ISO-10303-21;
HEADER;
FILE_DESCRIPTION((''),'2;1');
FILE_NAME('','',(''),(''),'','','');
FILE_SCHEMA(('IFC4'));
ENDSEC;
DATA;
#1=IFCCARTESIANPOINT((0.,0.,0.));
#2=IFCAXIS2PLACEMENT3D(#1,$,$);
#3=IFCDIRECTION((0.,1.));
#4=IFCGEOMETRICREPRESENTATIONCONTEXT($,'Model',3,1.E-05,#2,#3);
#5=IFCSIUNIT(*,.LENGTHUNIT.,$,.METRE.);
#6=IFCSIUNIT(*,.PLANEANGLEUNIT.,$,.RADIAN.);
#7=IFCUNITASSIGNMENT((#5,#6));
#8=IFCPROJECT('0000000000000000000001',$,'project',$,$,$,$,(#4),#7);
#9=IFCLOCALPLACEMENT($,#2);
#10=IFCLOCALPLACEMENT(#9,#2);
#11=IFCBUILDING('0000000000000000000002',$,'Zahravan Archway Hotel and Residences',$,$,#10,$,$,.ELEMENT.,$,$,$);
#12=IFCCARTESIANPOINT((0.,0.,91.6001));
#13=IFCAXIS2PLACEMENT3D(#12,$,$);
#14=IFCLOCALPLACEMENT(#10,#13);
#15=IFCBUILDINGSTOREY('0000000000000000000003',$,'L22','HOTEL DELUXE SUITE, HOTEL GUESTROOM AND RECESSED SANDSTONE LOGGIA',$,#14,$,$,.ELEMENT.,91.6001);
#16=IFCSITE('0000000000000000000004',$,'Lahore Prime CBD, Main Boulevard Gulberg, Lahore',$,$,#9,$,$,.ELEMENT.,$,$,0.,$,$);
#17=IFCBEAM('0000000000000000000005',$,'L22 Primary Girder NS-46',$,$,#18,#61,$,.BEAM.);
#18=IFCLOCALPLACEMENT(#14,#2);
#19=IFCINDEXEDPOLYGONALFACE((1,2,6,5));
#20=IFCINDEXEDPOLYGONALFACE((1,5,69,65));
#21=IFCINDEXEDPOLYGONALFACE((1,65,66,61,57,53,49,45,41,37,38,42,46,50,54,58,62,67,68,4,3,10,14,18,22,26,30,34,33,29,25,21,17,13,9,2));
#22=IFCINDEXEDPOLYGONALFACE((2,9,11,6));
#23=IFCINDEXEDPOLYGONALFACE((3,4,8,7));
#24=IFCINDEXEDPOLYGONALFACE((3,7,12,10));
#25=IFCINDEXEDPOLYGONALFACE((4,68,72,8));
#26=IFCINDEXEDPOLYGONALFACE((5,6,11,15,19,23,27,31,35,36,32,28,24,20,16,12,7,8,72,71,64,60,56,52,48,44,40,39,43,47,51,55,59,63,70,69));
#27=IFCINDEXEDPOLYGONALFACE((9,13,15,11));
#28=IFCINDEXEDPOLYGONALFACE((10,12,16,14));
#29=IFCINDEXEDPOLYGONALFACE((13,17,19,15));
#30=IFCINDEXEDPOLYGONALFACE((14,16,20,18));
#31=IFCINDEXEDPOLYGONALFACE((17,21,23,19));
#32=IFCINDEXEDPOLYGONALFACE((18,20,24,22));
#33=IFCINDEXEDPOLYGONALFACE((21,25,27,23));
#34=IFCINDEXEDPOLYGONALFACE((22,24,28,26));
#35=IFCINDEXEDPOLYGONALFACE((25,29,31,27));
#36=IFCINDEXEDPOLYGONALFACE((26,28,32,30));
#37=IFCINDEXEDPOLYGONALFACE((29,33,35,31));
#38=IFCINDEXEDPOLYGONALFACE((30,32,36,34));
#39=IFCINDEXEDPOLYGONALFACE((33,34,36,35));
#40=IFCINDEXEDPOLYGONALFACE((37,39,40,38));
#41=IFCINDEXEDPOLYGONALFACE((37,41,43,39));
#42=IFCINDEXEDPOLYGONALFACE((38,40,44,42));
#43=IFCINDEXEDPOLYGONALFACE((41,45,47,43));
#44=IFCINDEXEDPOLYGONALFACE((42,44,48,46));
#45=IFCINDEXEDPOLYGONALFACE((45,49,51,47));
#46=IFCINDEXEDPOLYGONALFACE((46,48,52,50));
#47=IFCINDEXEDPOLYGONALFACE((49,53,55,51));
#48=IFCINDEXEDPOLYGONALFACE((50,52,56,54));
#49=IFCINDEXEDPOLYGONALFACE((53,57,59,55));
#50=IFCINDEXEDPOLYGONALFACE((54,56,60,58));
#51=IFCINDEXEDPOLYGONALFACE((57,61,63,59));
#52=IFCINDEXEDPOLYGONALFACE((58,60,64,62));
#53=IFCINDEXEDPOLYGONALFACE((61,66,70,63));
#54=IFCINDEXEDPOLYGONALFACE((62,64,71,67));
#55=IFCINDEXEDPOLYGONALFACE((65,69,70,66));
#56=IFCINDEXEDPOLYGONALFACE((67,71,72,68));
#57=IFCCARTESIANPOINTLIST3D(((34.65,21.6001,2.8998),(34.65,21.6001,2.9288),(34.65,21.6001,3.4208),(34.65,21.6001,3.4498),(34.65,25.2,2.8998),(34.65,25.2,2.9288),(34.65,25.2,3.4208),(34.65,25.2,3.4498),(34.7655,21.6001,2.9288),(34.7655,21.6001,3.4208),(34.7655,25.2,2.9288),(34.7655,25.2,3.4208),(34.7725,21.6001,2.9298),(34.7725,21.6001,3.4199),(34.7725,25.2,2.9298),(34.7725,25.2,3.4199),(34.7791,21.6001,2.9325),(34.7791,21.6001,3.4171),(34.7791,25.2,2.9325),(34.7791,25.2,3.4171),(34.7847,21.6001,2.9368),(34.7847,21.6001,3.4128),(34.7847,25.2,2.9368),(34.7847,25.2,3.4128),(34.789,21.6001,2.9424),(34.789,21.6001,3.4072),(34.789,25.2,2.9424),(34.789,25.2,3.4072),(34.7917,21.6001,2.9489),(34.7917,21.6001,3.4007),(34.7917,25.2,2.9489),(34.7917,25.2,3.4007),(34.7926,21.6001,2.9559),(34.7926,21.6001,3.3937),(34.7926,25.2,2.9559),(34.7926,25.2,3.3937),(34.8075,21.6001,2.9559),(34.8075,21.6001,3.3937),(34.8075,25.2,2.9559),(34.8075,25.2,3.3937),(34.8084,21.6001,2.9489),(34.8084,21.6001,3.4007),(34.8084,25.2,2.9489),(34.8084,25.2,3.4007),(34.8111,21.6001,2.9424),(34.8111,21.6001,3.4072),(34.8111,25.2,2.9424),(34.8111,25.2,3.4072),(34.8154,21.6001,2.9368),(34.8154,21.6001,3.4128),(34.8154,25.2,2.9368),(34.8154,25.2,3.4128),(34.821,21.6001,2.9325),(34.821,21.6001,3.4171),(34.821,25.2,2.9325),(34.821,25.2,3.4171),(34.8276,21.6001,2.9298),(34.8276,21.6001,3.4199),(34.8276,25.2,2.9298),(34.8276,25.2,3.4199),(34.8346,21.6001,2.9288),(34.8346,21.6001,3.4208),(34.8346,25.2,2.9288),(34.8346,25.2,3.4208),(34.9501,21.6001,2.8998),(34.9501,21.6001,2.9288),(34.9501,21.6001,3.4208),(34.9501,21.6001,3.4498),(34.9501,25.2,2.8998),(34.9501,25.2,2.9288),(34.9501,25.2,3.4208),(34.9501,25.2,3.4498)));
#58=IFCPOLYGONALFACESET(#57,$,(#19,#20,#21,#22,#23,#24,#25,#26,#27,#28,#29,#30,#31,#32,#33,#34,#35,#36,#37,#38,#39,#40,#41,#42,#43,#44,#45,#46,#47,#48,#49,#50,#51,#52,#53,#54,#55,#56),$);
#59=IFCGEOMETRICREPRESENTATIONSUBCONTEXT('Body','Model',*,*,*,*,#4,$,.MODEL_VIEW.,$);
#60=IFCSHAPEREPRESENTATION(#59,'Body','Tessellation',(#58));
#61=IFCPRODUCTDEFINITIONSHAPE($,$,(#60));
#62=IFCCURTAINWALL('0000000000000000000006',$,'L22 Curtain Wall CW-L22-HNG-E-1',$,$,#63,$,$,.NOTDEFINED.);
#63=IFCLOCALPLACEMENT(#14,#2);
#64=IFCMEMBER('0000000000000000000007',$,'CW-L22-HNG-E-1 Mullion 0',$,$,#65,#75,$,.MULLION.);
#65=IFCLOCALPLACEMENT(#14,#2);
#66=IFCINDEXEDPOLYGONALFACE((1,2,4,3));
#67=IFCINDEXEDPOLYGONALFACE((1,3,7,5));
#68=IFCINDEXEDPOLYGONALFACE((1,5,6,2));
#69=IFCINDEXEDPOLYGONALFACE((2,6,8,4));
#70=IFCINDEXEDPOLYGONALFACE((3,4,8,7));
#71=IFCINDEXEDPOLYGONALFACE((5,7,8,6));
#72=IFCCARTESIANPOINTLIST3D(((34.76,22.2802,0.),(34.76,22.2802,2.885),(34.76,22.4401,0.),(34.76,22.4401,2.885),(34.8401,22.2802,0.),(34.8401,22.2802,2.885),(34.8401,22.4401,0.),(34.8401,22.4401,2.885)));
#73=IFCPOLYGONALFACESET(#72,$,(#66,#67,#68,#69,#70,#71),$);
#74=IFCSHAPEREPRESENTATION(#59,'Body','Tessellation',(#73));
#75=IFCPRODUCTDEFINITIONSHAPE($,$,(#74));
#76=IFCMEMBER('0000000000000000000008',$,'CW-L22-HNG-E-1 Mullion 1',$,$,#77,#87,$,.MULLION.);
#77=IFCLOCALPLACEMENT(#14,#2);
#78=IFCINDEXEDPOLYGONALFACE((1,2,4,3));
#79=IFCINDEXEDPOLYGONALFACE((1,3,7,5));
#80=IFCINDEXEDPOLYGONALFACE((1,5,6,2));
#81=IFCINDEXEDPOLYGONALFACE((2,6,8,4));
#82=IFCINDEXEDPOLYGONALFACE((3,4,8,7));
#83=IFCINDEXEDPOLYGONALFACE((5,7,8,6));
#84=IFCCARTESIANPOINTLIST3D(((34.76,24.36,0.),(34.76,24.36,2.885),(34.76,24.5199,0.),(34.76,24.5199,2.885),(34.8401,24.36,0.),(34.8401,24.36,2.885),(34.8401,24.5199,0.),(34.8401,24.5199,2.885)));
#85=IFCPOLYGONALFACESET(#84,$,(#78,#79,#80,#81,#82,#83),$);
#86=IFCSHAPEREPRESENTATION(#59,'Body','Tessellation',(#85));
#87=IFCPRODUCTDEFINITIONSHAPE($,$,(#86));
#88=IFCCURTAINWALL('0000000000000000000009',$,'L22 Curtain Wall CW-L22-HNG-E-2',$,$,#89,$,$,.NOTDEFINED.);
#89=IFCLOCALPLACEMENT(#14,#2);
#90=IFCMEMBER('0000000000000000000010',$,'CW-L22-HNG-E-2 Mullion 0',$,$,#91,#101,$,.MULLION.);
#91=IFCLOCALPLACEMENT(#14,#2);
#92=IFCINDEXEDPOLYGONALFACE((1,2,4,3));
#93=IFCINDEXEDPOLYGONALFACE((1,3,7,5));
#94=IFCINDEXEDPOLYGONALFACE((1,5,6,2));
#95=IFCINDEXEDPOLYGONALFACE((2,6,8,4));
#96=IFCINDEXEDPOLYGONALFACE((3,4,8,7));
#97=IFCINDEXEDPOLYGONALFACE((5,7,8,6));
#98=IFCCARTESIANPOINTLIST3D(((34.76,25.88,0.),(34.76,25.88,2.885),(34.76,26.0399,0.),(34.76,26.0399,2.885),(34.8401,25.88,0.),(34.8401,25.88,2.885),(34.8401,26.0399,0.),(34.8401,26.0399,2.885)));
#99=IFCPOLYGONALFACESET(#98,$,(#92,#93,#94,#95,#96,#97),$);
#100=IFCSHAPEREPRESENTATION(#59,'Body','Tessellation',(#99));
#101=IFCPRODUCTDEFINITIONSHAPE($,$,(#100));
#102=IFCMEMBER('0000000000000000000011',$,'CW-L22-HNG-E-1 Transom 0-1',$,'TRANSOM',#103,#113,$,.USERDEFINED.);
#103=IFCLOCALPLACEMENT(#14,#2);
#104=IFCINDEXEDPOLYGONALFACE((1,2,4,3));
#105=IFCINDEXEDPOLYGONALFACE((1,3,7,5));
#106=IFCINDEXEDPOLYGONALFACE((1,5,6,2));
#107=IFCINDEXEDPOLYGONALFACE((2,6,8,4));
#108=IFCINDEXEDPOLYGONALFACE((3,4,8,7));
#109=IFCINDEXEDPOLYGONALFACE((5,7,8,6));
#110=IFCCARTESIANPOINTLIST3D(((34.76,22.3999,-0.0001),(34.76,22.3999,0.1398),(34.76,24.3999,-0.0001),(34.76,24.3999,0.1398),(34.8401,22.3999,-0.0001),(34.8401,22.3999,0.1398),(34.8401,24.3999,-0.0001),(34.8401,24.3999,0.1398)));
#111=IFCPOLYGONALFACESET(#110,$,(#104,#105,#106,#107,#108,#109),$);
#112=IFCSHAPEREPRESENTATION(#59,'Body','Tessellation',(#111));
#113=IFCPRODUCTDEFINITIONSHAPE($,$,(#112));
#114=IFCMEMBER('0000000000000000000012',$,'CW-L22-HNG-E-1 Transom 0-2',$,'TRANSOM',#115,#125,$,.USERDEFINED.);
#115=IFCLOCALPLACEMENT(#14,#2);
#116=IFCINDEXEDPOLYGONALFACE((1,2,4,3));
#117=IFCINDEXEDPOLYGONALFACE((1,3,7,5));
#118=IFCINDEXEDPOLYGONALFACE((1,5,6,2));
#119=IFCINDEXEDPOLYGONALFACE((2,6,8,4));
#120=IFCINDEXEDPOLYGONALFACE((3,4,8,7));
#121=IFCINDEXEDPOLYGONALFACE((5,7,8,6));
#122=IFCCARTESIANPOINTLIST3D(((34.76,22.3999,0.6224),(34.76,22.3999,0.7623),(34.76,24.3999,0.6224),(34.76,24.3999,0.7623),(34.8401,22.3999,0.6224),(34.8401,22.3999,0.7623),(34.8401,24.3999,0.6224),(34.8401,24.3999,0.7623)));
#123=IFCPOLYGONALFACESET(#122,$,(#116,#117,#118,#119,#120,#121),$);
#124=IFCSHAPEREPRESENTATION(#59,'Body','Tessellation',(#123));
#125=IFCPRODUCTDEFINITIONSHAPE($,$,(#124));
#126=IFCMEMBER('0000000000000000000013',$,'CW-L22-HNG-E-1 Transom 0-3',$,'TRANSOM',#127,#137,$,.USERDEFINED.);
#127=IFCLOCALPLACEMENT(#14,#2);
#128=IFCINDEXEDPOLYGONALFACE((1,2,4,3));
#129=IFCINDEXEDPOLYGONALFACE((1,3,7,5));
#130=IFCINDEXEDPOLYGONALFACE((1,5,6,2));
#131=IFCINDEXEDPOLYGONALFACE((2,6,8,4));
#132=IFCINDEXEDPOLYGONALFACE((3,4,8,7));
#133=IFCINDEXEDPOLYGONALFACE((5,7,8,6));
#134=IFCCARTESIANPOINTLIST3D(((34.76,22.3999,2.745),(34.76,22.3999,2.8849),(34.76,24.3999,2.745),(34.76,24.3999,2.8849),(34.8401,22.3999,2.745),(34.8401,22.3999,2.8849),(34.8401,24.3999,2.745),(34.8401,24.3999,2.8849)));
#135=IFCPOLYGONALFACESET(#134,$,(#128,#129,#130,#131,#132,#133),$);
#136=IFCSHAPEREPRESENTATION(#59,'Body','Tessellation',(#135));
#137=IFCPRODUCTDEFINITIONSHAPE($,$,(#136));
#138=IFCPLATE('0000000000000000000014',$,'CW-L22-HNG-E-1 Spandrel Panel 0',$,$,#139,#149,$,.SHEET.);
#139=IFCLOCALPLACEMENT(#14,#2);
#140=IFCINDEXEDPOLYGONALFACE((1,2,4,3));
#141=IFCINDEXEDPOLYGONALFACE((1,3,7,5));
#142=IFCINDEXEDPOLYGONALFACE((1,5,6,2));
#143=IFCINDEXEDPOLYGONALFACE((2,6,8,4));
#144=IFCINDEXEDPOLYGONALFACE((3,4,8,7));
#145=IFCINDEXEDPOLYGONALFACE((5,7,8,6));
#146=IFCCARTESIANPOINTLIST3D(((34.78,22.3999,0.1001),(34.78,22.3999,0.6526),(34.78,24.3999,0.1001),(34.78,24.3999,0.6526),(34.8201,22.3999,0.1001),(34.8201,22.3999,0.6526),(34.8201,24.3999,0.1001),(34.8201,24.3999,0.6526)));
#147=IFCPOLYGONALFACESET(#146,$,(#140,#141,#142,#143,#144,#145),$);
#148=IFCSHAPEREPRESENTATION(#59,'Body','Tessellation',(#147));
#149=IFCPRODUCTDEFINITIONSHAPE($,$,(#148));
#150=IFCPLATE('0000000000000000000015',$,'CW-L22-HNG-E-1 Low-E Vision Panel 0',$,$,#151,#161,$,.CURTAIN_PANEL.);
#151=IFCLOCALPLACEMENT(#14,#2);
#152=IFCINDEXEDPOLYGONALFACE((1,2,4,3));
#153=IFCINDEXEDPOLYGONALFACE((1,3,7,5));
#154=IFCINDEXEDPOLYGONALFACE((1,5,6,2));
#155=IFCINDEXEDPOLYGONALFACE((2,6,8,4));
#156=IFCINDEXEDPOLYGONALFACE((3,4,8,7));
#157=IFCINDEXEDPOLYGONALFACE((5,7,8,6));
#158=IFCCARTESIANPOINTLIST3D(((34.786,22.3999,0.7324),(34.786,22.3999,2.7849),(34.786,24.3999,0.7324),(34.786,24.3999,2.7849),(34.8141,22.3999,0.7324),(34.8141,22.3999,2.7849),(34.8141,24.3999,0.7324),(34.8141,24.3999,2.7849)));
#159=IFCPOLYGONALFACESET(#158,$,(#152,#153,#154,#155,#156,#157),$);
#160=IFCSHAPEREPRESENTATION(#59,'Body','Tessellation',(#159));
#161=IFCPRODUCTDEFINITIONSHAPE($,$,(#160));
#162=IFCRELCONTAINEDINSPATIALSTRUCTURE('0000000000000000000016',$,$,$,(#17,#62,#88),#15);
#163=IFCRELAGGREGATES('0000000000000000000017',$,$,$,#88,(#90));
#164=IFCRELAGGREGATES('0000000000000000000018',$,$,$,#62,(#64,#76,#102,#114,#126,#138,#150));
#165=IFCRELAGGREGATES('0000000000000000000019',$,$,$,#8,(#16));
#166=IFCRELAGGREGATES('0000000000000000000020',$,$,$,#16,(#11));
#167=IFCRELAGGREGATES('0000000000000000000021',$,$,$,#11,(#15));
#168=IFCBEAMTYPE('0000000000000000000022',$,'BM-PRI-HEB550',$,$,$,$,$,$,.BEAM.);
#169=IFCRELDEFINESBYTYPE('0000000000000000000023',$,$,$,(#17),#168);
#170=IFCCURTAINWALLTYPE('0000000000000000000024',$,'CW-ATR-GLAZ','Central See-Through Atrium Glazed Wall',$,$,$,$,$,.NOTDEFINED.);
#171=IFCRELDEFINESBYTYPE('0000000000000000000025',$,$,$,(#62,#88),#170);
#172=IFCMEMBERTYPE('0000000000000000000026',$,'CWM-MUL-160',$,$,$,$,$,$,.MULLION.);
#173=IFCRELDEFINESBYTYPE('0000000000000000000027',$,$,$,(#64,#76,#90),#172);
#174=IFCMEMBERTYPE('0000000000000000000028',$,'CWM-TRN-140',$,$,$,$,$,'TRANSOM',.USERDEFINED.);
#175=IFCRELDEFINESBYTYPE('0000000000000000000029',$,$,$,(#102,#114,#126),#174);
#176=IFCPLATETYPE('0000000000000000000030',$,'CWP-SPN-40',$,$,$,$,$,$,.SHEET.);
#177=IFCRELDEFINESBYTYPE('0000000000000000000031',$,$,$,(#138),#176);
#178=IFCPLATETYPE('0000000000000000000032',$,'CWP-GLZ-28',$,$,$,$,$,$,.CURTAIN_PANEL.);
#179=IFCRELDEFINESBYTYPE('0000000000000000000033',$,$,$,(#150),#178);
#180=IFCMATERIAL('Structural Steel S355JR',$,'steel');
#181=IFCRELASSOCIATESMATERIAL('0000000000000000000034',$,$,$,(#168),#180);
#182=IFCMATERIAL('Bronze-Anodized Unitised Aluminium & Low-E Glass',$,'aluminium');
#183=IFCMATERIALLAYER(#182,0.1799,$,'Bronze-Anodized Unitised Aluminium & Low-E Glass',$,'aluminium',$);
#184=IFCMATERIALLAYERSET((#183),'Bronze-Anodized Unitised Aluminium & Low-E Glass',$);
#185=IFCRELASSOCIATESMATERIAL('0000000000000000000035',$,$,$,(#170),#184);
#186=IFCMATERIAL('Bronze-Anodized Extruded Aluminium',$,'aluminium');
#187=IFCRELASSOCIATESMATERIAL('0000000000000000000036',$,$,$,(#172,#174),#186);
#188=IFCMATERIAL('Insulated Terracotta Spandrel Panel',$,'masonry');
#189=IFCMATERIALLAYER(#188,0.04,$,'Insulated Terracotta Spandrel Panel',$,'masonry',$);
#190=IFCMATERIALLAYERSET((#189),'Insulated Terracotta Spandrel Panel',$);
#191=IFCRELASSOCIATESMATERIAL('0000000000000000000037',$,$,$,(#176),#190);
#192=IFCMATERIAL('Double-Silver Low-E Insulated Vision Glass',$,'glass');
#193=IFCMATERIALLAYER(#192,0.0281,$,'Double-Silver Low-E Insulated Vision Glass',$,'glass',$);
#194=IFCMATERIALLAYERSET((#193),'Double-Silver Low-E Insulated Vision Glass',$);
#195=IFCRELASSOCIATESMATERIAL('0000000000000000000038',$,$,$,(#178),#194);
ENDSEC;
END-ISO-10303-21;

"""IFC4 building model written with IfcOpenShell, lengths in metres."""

from ifc_helpers import new_model, si_unit, direction, frame, origin, origin_2d, place, context, subcontext, project, spatial, rectangle, i_section, extrude, source, transform, mapped, material, layer, layer_set, material_profile, profile_set, type_object, element, aggregate, save


model = new_model("IFC4")

# Units and contexts
model_context = context("Model", 3, precision=1e-05, world=origin(), true_north=direction((0.0, 1.0)))
body_context = subcontext(model_context, "Body", "Model", "MODEL_VIEW")
ifc_project = project(units=[si_unit("LENGTHUNIT", "METRE"), si_unit("PLANEANGLEUNIT", "RADIAN")], contexts=[model_context])

# Site, building, storey
site_placement = place(None, origin())
site = spatial("IfcSite", under=ifc_project, at=site_placement, Name="Lahore Prime CBD, Main Boulevard Gulberg, Lahore", CompositionType="ELEMENT", RefElevation=0.0)
building_placement = place(site_placement, origin())
building = spatial("IfcBuilding", under=site, at=building_placement, Name="Zahravan Archway Hotel and Residences", CompositionType="ELEMENT")
storey_placement = place(building_placement, frame((0.0, 0.0, 91.6001)))
storey = spatial("IfcBuildingStorey", under=building, at=storey_placement, Name="L22", Description="HOTEL DELUXE SUITE, HOTEL GUESTROOM AND RECESSED SANDSTONE LOGGIA", CompositionType="ELEMENT", Elevation=91.6001)

# Beam
ifc_material_1 = material(Name="Structural Steel S355JR", Category="steel")
ifc_material_profile_1 = material_profile(ifc_material_1, i_section(OverallWidth=0.3, OverallDepth=0.55, WebThickness=0.0149, FlangeThickness=0.0291, FilletRadius=0.0271, at=origin_2d()), Name="HEB 550", Category="steel")
ifc_profile_set_1 = profile_set([ifc_material_profile_1], Name="Structural Steel S355JR")
beam_type = type_object("IfcBeamType", Name="BM-PRI-HEB550", PredefinedType="BEAM", material=ifc_profile_set_1)
shared_shape_1 = source(origin(), body_context, "Body", "SweptSolid", [
    extrude(i_section(OverallWidth=0.3, OverallDepth=0.55, WebThickness=0.0149, FlangeThickness=0.0291, FilletRadius=0.0271, at=origin_2d()), origin(), (0.0, 0.0, 1.0), 3.5999),
])
beam_1_placement = place(storey_placement, frame((34.8, 21.6001, 3.1748), z_axis=(0.0, 1.0, 0.0), x_axis=(-1.0, 0.0, 0.0)))
element("IfcBeam", 1, at=beam_1_placement, inside=storey, type_object=beam_type, Name="L22 Primary Girder NS-46", PredefinedType="BEAM", context=body_context, shape_type="MappedRepresentation", body=[
    mapped(shared_shape_1, transform((0.0, 0.0, 0.0), scale=1.0)),
])

# Curtain wall, members
ifc_material_2 = material(Name="Bronze-Anodized Unitised Aluminium & Low-E Glass", Category="aluminium")
ifc_layer_1 = layer(ifc_material_2, 0.1799, Name="Bronze-Anodized Unitised Aluminium & Low-E Glass", Category="aluminium")
ifc_layer_set_1 = layer_set([ifc_layer_1], Name="Bronze-Anodized Unitised Aluminium & Low-E Glass")
curtain_wall_type = type_object("IfcCurtainWallType", Name="CW-ATR-GLAZ", Description="Central See-Through Atrium Glazed Wall", PredefinedType="NOTDEFINED", material=ifc_layer_set_1)
curtain_wall_1_placement = place(storey_placement, origin())
curtain_wall_1 = element("IfcCurtainWall", 2, at=curtain_wall_1_placement, inside=storey, type_object=curtain_wall_type, Name="L22 Curtain Wall CW-L22-HNG-E-1", PredefinedType="NOTDEFINED")
ifc_material_3 = material(Name="Bronze-Anodized Extruded Aluminium", Category="aluminium")
ifc_material_profile_2 = material_profile(ifc_material_3, rectangle(XDim=0.0801, YDim=0.1599, at=origin_2d()), Name="MUL 80x160", Category="aluminium")
ifc_profile_set_2 = profile_set([ifc_material_profile_2], Name="Bronze-Anodized Extruded Aluminium")
member_type_1 = type_object("IfcMemberType", Name="CWM-MUL-160", PredefinedType="MULLION", material=ifc_profile_set_2)
shared_shape_2 = source(origin(), body_context, "Body", "SweptSolid", [
    extrude(rectangle(XDim=0.0801, YDim=0.1599, at=origin_2d()), origin(), (0.0, 0.0, 1.0), 2.885),
])
member_1_placement = place(storey_placement, frame((34.8, 22.3601, 0.0), z_axis=(0.0, 0.0, 1.0), x_axis=(1.0, 0.0, 0.0)))
member_1 = element("IfcMember", 3, at=member_1_placement, type_object=member_type_1, Name="CW-L22-HNG-E-1 Mullion 0", PredefinedType="MULLION", context=body_context, shape_type="MappedRepresentation", body=[
    mapped(shared_shape_2, transform((0.0, 0.0, 0.0), scale=1.0)),
])
member_2_placement = place(storey_placement, frame((34.8, 24.4399, 0.0), z_axis=(0.0, 0.0, 1.0), x_axis=(1.0, 0.0, 0.0)))
member_2 = element("IfcMember", 4, at=member_2_placement, type_object=member_type_1, Name="CW-L22-HNG-E-1 Mullion 1", PredefinedType="MULLION", context=body_context, shape_type="MappedRepresentation", body=[
    mapped(shared_shape_2, transform((0.0, 0.0, 0.0), scale=1.0)),
])

# Curtain wall, member
curtain_wall_2_placement = place(storey_placement, origin())
curtain_wall_2 = element("IfcCurtainWall", 5, at=curtain_wall_2_placement, inside=storey, type_object=curtain_wall_type, Name="L22 Curtain Wall CW-L22-HNG-E-2", PredefinedType="NOTDEFINED")
member_3_placement = place(storey_placement, frame((34.8, 25.96, 0.0), z_axis=(0.0, 0.0, 1.0), x_axis=(1.0, 0.0, 0.0)))
member_3 = element("IfcMember", 6, at=member_3_placement, type_object=member_type_1, Name="CW-L22-HNG-E-2 Mullion 0", PredefinedType="MULLION", context=body_context, shape_type="MappedRepresentation", body=[
    mapped(shared_shape_2, transform((0.0, 0.0, 0.0), scale=1.0)),
])
aggregate(curtain_wall_2, [member_3])

# Members
ifc_material_profile_3 = material_profile(ifc_material_3, rectangle(XDim=0.0801, YDim=0.1399, at=origin_2d()), Name="TRN 80x140", Category="aluminium")
ifc_profile_set_3 = profile_set([ifc_material_profile_3], Name="Bronze-Anodized Extruded Aluminium")
member_type_2 = type_object("IfcMemberType", Name="CWM-TRN-140", ElementType="TRANSOM", PredefinedType="USERDEFINED", material=ifc_profile_set_3)
shared_shape_3 = source(origin(), body_context, "Body", "SweptSolid", [
    extrude(rectangle(XDim=0.0801, YDim=0.1399, at=origin_2d()), origin(), (0.0, 0.0, 1.0), 2.0),
])
member_4_placement = place(storey_placement, frame((34.8, 22.3999, 0.0698), z_axis=(0.0, 1.0, 0.0), x_axis=(-1.0, 0.0, 0.0)))
member_4 = element("IfcMember", 7, at=member_4_placement, type_object=member_type_2, Name="CW-L22-HNG-E-1 Transom 0-1", ObjectType="TRANSOM", PredefinedType="USERDEFINED", context=body_context, shape_type="MappedRepresentation", body=[
    mapped(shared_shape_3, transform((0.0, 0.0, 0.0), scale=1.0)),
])
member_5_placement = place(storey_placement, frame((34.8, 22.3999, 0.6924), z_axis=(0.0, 1.0, 0.0), x_axis=(-1.0, 0.0, 0.0)))
member_5 = element("IfcMember", 8, at=member_5_placement, type_object=member_type_2, Name="CW-L22-HNG-E-1 Transom 0-2", ObjectType="TRANSOM", PredefinedType="USERDEFINED", context=body_context, shape_type="MappedRepresentation", body=[
    mapped(shared_shape_3, transform((0.0, 0.0, 0.0), scale=1.0)),
])
member_6_placement = place(storey_placement, frame((34.8, 22.3999, 2.8149), z_axis=(0.0, 1.0, 0.0), x_axis=(-1.0, 0.0, 0.0)))
member_6 = element("IfcMember", 9, at=member_6_placement, type_object=member_type_2, Name="CW-L22-HNG-E-1 Transom 0-3", ObjectType="TRANSOM", PredefinedType="USERDEFINED", context=body_context, shape_type="MappedRepresentation", body=[
    mapped(shared_shape_3, transform((0.0, 0.0, 0.0), scale=1.0)),
])

# Plates
ifc_material_4 = material(Name="Insulated Terracotta Spandrel Panel", Category="masonry")
ifc_layer_2 = layer(ifc_material_4, 0.04, Name="Insulated Terracotta Spandrel Panel", Category="masonry")
ifc_layer_set_2 = layer_set([ifc_layer_2], Name="Insulated Terracotta Spandrel Panel")
plate_type_1 = type_object("IfcPlateType", Name="CWP-SPN-40", PredefinedType="SHEET", material=ifc_layer_set_2)
shared_shape_4 = source(origin(), body_context, "Body", "SweptSolid", [
    extrude(rectangle(XDim=2.0, YDim=0.04, at=origin_2d()), origin(), (0.0, 0.0, 1.0), 0.5525),
])
plate_1_placement = place(storey_placement, frame((34.8, 23.3999, 0.1001), z_axis=(0.0, 0.0, 1.0), x_axis=(0.0, 1.0, 0.0)))
plate_1 = element("IfcPlate", 10, at=plate_1_placement, type_object=plate_type_1, Name="CW-L22-HNG-E-1 Spandrel Panel 0", PredefinedType="SHEET", context=body_context, shape_type="MappedRepresentation", body=[
    mapped(shared_shape_4, transform((0.0, 0.0, 0.0), scale=1.0)),
])
ifc_material_5 = material(Name="Double-Silver Low-E Insulated Vision Glass", Category="glass")
ifc_layer_3 = layer(ifc_material_5, 0.0281, Name="Double-Silver Low-E Insulated Vision Glass", Category="glass")
ifc_layer_set_3 = layer_set([ifc_layer_3], Name="Double-Silver Low-E Insulated Vision Glass")
plate_type_2 = type_object("IfcPlateType", Name="CWP-GLZ-28", PredefinedType="CURTAIN_PANEL", material=ifc_layer_set_3)
shared_shape_5 = source(origin(), body_context, "Body", "SweptSolid", [
    extrude(rectangle(XDim=2.0, YDim=0.0281, at=origin_2d()), origin(), (0.0, 0.0, 1.0), 2.0525),
])
plate_2_placement = place(storey_placement, frame((34.8, 23.3999, 0.7324), z_axis=(0.0, 0.0, 1.0), x_axis=(0.0, 1.0, 0.0)))
plate_2 = element("IfcPlate", 11, at=plate_2_placement, type_object=plate_type_2, Name="CW-L22-HNG-E-1 Low-E Vision Panel 0", PredefinedType="CURTAIN_PANEL", context=body_context, shape_type="MappedRepresentation", body=[
    mapped(shared_shape_5, transform((0.0, 0.0, 0.0), scale=1.0)),
])
aggregate(curtain_wall_1, [member_1, member_2, member_4, member_5, member_6, plate_1, plate_2])

save(model, "model.ifc")
